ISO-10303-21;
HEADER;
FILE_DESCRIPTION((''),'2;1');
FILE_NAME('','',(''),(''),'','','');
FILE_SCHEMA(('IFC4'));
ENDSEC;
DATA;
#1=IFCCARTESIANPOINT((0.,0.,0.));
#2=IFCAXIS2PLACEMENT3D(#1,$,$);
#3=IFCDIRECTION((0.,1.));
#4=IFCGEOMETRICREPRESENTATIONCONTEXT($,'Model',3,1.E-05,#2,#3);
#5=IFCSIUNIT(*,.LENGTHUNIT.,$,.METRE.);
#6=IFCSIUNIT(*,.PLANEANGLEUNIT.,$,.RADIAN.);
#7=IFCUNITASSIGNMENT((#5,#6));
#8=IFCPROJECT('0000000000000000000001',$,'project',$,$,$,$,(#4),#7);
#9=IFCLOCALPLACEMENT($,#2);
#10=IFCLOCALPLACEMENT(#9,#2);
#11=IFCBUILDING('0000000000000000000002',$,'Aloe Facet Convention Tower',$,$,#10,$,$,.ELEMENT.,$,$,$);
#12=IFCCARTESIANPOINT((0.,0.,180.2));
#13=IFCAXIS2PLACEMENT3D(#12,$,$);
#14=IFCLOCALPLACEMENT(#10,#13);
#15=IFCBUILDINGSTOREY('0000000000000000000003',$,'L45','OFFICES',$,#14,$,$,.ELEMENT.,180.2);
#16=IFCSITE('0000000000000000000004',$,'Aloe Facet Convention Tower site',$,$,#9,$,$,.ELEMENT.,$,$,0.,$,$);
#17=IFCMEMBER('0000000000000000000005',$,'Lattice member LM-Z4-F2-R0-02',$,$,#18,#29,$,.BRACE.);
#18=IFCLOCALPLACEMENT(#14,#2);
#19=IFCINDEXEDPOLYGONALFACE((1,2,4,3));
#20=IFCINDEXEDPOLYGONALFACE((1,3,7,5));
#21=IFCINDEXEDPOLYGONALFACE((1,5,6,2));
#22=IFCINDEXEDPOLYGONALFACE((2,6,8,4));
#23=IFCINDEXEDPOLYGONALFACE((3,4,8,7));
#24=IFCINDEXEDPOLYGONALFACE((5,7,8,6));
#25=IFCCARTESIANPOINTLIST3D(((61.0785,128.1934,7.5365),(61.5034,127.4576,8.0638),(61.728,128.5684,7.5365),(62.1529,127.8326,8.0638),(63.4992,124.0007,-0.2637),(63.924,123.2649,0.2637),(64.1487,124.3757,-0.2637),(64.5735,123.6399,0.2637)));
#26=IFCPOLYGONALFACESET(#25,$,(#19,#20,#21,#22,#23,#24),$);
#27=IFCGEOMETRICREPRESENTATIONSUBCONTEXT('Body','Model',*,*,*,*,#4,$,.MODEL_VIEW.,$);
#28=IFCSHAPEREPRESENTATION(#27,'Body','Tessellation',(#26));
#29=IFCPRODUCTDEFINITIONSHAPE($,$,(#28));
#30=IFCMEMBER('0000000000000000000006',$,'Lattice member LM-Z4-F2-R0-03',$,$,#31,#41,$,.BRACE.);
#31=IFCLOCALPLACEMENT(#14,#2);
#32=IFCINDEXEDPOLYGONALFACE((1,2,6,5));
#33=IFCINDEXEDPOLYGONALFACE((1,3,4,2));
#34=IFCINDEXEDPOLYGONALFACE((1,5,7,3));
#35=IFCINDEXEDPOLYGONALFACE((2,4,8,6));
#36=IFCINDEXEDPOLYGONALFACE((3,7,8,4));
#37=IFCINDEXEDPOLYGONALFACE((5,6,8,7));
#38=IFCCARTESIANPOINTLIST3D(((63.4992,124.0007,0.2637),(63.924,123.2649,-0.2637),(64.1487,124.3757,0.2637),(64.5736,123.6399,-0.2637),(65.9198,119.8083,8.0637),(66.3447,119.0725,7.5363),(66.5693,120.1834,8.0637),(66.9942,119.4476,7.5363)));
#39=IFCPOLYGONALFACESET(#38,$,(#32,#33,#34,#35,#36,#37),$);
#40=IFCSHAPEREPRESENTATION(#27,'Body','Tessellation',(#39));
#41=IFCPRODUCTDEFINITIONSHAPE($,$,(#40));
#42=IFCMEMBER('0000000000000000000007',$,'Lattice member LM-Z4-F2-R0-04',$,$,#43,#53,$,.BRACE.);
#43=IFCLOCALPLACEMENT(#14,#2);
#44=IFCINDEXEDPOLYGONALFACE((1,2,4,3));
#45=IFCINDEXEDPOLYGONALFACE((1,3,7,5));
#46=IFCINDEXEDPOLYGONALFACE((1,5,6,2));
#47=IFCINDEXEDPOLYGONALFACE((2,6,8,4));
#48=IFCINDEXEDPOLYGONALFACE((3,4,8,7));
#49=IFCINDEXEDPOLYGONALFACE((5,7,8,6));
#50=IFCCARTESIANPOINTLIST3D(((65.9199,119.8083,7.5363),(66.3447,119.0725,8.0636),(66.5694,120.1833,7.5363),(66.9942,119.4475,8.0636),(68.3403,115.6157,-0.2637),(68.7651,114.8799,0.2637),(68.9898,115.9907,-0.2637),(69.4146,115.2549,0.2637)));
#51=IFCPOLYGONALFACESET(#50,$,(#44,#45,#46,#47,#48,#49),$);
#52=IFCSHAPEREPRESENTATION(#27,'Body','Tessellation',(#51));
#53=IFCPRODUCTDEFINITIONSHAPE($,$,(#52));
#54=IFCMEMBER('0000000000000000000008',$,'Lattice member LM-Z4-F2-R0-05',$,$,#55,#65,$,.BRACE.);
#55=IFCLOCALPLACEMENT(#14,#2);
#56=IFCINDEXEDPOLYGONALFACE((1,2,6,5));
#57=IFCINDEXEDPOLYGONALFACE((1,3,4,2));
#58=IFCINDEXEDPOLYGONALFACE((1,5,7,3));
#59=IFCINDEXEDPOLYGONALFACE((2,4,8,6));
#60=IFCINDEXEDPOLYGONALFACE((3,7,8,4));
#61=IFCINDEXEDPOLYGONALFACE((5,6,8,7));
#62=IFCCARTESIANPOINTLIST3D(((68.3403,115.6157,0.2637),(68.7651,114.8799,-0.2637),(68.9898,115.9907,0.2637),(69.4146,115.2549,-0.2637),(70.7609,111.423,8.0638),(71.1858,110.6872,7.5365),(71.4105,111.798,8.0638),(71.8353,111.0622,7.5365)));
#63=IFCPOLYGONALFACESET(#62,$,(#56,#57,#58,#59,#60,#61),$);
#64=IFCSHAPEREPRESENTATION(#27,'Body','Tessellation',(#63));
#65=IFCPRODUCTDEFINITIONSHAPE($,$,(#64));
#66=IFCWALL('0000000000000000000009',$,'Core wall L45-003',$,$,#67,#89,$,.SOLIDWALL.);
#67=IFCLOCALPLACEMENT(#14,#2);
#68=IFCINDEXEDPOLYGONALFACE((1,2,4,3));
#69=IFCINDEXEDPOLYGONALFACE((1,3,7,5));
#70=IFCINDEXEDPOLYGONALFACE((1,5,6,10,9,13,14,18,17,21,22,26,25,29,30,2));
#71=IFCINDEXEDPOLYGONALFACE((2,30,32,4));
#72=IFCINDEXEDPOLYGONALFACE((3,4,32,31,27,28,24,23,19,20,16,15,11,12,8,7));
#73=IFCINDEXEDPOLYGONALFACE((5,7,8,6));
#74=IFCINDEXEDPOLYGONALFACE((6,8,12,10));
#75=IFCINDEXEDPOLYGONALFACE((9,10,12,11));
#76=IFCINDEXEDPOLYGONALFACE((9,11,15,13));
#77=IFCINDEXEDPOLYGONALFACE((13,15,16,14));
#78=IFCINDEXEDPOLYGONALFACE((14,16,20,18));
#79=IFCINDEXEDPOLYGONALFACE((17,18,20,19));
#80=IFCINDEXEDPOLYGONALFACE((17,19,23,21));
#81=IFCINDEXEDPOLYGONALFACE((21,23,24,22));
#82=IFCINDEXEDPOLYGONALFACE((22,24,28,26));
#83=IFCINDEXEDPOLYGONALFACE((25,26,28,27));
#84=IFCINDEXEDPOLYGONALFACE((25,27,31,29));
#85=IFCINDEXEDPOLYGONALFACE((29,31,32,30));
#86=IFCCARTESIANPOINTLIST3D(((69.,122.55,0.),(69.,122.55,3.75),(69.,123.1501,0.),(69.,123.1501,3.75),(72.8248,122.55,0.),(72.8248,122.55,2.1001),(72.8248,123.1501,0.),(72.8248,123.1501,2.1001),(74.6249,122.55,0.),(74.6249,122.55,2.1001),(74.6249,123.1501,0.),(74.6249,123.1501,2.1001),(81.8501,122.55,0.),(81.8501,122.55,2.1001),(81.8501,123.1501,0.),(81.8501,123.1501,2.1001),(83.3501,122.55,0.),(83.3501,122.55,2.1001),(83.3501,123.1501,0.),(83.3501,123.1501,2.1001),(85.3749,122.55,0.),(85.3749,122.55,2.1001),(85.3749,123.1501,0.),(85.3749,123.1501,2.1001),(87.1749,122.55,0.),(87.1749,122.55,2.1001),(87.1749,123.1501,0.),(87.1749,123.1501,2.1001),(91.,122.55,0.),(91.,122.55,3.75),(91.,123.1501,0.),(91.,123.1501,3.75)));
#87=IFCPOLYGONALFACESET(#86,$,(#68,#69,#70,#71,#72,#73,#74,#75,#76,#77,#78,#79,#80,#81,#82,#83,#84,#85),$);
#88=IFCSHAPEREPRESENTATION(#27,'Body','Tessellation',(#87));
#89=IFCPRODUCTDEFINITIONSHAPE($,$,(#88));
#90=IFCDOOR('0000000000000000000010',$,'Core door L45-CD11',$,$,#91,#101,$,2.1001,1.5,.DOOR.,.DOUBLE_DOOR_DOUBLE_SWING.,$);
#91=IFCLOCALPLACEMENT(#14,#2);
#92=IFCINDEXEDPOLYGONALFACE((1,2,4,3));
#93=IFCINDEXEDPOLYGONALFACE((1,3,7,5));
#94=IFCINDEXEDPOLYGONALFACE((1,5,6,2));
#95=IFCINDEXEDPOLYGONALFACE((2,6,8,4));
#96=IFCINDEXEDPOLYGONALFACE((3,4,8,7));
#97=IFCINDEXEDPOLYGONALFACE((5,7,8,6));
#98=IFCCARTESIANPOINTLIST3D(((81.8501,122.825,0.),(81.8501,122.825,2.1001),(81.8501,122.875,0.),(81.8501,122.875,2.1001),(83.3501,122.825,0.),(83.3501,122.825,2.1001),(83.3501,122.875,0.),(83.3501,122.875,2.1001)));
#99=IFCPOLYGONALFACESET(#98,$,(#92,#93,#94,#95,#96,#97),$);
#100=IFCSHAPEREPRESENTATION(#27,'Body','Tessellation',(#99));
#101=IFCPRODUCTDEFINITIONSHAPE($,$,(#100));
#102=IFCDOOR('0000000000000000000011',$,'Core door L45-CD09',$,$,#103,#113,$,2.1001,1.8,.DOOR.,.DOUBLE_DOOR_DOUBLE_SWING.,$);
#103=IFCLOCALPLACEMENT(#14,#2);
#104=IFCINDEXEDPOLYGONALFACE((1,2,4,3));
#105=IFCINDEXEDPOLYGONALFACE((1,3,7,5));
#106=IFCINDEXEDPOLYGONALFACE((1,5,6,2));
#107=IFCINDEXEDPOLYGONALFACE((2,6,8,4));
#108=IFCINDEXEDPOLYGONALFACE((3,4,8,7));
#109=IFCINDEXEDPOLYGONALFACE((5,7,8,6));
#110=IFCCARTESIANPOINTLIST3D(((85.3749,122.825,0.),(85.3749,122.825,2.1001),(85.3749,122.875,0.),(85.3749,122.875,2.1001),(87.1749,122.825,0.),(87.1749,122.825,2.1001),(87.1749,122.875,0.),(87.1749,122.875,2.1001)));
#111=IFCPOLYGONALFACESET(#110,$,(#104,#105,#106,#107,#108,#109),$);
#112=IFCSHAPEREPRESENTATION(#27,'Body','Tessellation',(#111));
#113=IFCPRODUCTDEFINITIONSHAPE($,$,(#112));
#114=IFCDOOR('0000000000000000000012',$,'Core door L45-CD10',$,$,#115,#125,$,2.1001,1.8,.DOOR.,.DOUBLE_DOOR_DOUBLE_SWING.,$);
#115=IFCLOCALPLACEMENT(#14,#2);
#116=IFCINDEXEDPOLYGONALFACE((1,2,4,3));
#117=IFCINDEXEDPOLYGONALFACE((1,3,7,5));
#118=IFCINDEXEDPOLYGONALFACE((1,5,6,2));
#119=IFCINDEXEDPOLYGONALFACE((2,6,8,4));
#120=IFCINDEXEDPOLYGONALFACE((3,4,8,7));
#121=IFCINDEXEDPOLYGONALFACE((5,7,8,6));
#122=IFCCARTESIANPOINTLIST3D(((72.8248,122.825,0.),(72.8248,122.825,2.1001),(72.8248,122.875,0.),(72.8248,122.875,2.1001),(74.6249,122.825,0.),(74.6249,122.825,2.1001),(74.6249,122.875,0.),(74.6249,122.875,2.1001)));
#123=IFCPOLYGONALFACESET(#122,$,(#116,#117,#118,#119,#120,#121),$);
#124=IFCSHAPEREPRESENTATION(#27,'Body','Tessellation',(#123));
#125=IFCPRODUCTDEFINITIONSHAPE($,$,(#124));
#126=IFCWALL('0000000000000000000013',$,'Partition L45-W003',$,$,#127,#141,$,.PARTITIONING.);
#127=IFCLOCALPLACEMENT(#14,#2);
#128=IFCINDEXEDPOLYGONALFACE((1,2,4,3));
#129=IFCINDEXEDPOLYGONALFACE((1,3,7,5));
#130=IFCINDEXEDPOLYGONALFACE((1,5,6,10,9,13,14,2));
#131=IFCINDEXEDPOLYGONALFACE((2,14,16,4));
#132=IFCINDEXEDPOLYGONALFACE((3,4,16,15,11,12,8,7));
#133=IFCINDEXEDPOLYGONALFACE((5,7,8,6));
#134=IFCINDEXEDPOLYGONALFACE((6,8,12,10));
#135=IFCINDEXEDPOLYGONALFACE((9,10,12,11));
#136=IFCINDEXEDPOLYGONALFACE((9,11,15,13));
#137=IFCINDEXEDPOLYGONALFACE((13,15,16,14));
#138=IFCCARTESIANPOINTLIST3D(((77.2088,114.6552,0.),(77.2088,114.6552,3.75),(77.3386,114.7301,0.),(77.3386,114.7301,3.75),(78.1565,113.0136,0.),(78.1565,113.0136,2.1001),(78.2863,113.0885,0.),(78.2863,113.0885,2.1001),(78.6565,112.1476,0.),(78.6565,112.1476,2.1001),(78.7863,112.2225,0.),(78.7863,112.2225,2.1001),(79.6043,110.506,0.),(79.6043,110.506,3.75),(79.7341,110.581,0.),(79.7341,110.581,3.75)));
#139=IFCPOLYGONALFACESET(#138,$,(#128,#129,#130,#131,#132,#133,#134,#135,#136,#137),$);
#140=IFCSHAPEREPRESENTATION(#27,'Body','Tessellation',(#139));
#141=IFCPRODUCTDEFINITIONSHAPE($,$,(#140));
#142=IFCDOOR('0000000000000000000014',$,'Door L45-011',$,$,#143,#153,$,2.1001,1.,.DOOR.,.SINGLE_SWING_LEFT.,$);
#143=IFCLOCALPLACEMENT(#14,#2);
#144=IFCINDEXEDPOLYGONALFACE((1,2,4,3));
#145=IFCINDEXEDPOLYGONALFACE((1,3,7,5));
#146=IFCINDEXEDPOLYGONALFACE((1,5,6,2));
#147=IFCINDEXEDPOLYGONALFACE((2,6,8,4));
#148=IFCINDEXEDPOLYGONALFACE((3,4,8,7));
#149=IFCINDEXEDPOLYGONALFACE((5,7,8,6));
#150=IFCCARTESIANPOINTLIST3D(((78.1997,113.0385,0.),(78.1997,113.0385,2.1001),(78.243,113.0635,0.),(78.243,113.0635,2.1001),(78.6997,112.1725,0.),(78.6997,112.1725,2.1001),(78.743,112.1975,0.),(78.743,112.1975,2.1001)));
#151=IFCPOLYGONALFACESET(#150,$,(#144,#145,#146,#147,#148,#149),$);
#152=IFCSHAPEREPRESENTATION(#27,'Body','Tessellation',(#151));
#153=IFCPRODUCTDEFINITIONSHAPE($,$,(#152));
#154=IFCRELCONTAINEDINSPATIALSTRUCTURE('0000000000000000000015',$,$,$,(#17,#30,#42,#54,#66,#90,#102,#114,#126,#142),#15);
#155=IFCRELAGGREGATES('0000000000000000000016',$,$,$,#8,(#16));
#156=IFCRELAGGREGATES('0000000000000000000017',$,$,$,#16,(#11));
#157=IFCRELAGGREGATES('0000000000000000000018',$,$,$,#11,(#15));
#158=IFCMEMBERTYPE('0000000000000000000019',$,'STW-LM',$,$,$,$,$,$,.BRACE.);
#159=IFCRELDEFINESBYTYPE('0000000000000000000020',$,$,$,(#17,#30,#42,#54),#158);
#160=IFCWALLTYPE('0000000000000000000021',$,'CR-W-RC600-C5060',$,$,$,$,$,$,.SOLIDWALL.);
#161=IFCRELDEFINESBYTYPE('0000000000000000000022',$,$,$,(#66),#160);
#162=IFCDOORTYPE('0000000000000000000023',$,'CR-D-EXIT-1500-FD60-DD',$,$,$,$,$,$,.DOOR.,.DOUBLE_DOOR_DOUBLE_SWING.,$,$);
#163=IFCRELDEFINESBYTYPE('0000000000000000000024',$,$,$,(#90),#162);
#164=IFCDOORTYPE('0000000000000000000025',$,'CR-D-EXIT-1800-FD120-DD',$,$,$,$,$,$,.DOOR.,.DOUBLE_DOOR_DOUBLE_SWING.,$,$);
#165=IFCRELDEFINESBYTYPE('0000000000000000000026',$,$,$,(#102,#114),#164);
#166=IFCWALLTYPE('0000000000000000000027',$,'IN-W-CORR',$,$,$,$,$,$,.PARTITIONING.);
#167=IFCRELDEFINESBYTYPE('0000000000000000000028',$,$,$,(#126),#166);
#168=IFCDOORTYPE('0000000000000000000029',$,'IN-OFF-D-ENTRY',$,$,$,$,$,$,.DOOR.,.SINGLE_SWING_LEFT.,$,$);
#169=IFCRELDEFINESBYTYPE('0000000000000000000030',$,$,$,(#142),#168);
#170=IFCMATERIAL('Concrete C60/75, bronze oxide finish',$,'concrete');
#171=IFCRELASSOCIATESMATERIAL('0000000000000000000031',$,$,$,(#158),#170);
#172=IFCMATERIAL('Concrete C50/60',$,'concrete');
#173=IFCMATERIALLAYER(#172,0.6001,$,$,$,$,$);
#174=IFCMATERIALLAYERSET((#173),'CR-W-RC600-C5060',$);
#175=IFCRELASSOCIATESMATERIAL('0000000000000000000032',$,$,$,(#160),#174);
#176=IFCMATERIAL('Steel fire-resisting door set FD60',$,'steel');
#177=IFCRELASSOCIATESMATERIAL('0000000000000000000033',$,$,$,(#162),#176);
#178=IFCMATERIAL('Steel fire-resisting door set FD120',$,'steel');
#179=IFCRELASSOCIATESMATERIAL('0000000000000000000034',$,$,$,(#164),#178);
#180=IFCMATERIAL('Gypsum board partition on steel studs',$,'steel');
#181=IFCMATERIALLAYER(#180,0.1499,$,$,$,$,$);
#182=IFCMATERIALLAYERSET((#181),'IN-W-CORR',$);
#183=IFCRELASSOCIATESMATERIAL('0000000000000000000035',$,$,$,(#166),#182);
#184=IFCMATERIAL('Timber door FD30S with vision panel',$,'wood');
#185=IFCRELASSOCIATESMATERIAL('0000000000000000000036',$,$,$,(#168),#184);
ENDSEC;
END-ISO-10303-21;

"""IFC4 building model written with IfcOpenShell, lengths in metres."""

from ifc_helpers import new_model, si_unit, direction, frame, frame_2d, origin, origin_2d, place, context, subcontext, project, spatial, rectangle, extrude, material, layer, layer_set, material_profile, profile_set, type_object, element, fill, save


model = new_model("IFC4")

# Units and contexts
model_context = context("Model", 3, precision=1e-05, world=origin(), true_north=direction((0.0, 1.0)))
body_context = subcontext(model_context, "Body", "Model", "MODEL_VIEW")
ifc_project = project(units=[si_unit("LENGTHUNIT", "METRE"), si_unit("PLANEANGLEUNIT", "RADIAN")], contexts=[model_context])

# Site, building, storey
site_placement = place(None, origin())
site = spatial("IfcSite", under=ifc_project, at=site_placement, Name="Aloe Facet Convention Tower site", CompositionType="ELEMENT", RefElevation=0.0)
building_placement = place(site_placement, origin())
building = spatial("IfcBuilding", under=site, at=building_placement, Name="Aloe Facet Convention Tower", CompositionType="ELEMENT")
storey_placement = place(building_placement, frame((0.0, 0.0, 180.2)))
storey = spatial("IfcBuildingStorey", under=building, at=storey_placement, Name="L45", Description="OFFICES", CompositionType="ELEMENT", Elevation=180.2)

# Members
ifc_material_1 = material(Name="Concrete C60/75, bronze oxide finish", Category="concrete")
ifc_material_profile_1 = material_profile(ifc_material_1, rectangle(XDim=0.75, YDim=1.0, at=origin_2d()), Name="STW-LM")
ifc_profile_set_1 = profile_set([ifc_material_profile_1], Name="Concrete C60/75, bronze oxide finish")
member_type = type_object("IfcMemberType", Name="STW-LM", PredefinedType="BRACE", material=ifc_profile_set_1)
member_1_placement = place(storey_placement, frame((64.0364, 123.8203, 0.0), z_axis=(-0.263678, 0.456697, 0.849648), x_axis=(-0.866022, -0.500006, 0.0)))
element("IfcMember", 1, at=member_1_placement, inside=storey, type_object=member_type, Name="Lattice member LM-Z4-F2-R0-02", PredefinedType="BRACE", context=body_context, shape_type="SweptSolid", body=[
    extrude(rectangle(XDim=0.75, YDim=1.0, at=origin_2d()), origin(), (0.0, 0.0, 1.0), 9.1804),
])
for number, where, z_axis, x_axis, name in (
    (2, (64.0364, 123.8203, 0.0), (0.263682, -0.456676, 0.849658), (0.866009, 0.500028, 0.0), "Lattice member LM-Z4-F2-R0-03"),
    (3, (68.8774, 115.4353, 0.0), (-0.263654, 0.4567, 0.849654), (-0.866044, -0.499968, 0.0), "Lattice member LM-Z4-F2-R0-04"),
):
    element("IfcMember", number, at=place(storey_placement, frame(where, z_axis=z_axis, x_axis=x_axis)), inside=storey, type_object=member_type, Name=name, PredefinedType="BRACE", context=body_context, shape_type="SweptSolid", body=[
        extrude(rectangle(XDim=0.75, YDim=1.0, at=origin_2d()), origin(), (0.0, 0.0, 1.0), 9.1802),
    ])
member_2_placement = place(storey_placement, frame((68.8774, 115.4353, 0.0), z_axis=(0.263678, -0.456697, 0.849648), x_axis=(0.866022, 0.500006, 0.0)))
element("IfcMember", 4, at=member_2_placement, inside=storey, type_object=member_type, Name="Lattice member LM-Z4-F2-R0-05", PredefinedType="BRACE", context=body_context, shape_type="SweptSolid", body=[
    extrude(rectangle(XDim=0.75, YDim=1.0, at=origin_2d()), origin(), (0.0, 0.0, 1.0), 9.1804),
])

# Wall, openings, doors
ifc_material_2 = material(Name="Concrete C50/60", Category="concrete")
ifc_layer_1 = layer(ifc_material_2, 0.6001)
ifc_layer_set_1 = layer_set([ifc_layer_1], Name="CR-W-RC600-C5060")
wall_type_1 = type_object("IfcWallType", Name="CR-W-RC600-C5060", PredefinedType="SOLIDWALL", material=ifc_layer_set_1)
wall_1_placement = place(storey_placement, frame((69.0, 122.8501, 0.0), z_axis=(0.0, 0.0, 1.0), x_axis=(1.0, 0.0, 0.0)))
wall_1 = element("IfcWall", 5, at=wall_1_placement, inside=storey, type_object=wall_type_1, Name="Core wall L45-003", PredefinedType="SOLIDWALL", context=body_context, shape_type="SweptSolid", body=[
    extrude(rectangle(XDim=22.0, YDim=0.6001, at=frame_2d((11.0, 0.0))), origin(), (0.0, 0.0, 1.0), 3.75),
])
opening_1_placement = place(wall_1_placement, frame((16.375, 0.0, 0.0)))
opening_1 = element("IfcOpeningElement", 6, at=opening_1_placement, cuts=wall_1, PredefinedType="OPENING", context=body_context, shape_type="SweptSolid", body=[
    extrude(rectangle(XDim=1.8, YDim=2.1001, at=frame_2d((0.8999, 1.05))), frame((0.0, 0.3101, 0.0), z_axis=(0.0, -1.0, 0.0), x_axis=(1.0, 0.0, 0.0)), (0.0, 0.0, 1.0), 0.6201),
])
opening_2_placement = place(wall_1_placement, frame((3.825, 0.0, 0.0)))
opening_2 = element("IfcOpeningElement", 7, at=opening_2_placement, cuts=wall_1, PredefinedType="OPENING", context=body_context, shape_type="SweptSolid", body=[
    extrude(rectangle(XDim=1.8, YDim=2.1001, at=frame_2d((0.8999, 1.05))), frame((0.0, 0.3101, 0.0), z_axis=(0.0, -1.0, 0.0), x_axis=(1.0, 0.0, 0.0)), (0.0, 0.0, 1.0), 0.6201),
])
opening_3_placement = place(wall_1_placement, frame((12.8501, 0.0, 0.0)))
opening_3 = element("IfcOpeningElement", 8, at=opening_3_placement, cuts=wall_1, PredefinedType="OPENING", context=body_context, shape_type="SweptSolid", body=[
    extrude(rectangle(XDim=1.5, YDim=2.1001, at=frame_2d((0.75, 1.05))), frame((0.0, 0.3101, 0.0), z_axis=(0.0, -1.0, 0.0), x_axis=(1.0, 0.0, 0.0)), (0.0, 0.0, 1.0), 0.6201),
])
ifc_material_3 = material(Name="Steel fire-resisting door set FD60", Category="steel")
door_type_1 = type_object("IfcDoorType", Name="CR-D-EXIT-1500-FD60-DD", OperationType="DOUBLE_DOOR_DOUBLE_SWING", PredefinedType="DOOR", material=ifc_material_3)
door_1_placement = place(opening_3_placement, origin())
door_1 = element("IfcDoor", 9, at=door_1_placement, inside=storey, type_object=door_type_1, Name="Core door L45-CD11", OperationType="DOUBLE_DOOR_DOUBLE_SWING", OverallHeight=2.1001, OverallWidth=1.5, PredefinedType="DOOR", context=body_context, shape_type="SweptSolid", body=[
    extrude(rectangle(XDim=1.5, YDim=2.1001, at=frame_2d((0.75, 1.05))), frame((0.0, 0.0249, 0.0), z_axis=(0.0, -1.0, 0.0), x_axis=(1.0, 0.0, 0.0)), (0.0, 0.0, 1.0), 0.05),
])
fill(opening_3, door_1)
ifc_material_4 = material(Name="Steel fire-resisting door set FD120", Category="steel")
door_type_2 = type_object("IfcDoorType", Name="CR-D-EXIT-1800-FD120-DD", OperationType="DOUBLE_DOOR_DOUBLE_SWING", PredefinedType="DOOR", material=ifc_material_4)
door_2_placement = place(opening_1_placement, origin())
door_2 = element("IfcDoor", 10, at=door_2_placement, inside=storey, type_object=door_type_2, Name="Core door L45-CD09", OperationType="DOUBLE_DOOR_DOUBLE_SWING", OverallHeight=2.1001, OverallWidth=1.8, PredefinedType="DOOR", context=body_context, shape_type="SweptSolid", body=[
    extrude(rectangle(XDim=1.8, YDim=2.1001, at=frame_2d((0.8999, 1.05))), frame((0.0, 0.0249, 0.0), z_axis=(0.0, -1.0, 0.0), x_axis=(1.0, 0.0, 0.0)), (0.0, 0.0, 1.0), 0.05),
])
fill(opening_1, door_2)
door_3_placement = place(opening_2_placement, origin())
door_3 = element("IfcDoor", 11, at=door_3_placement, inside=storey, type_object=door_type_2, Name="Core door L45-CD10", OperationType="DOUBLE_DOOR_DOUBLE_SWING", OverallHeight=2.1001, OverallWidth=1.8, PredefinedType="DOOR", context=body_context, shape_type="SweptSolid", body=[
    extrude(rectangle(XDim=1.8, YDim=2.1001, at=frame_2d((0.8999, 1.05))), frame((0.0, 0.0249, 0.0), z_axis=(0.0, -1.0, 0.0), x_axis=(1.0, 0.0, 0.0)), (0.0, 0.0, 1.0), 0.05),
])
fill(opening_2, door_3)

# Wall, opening, door
ifc_material_5 = material(Name="Gypsum board partition on steel studs", Category="steel")
ifc_layer_2 = layer(ifc_material_5, 0.1499)
ifc_layer_set_2 = layer_set([ifc_layer_2], Name="IN-W-CORR")
wall_type_2 = type_object("IfcWallType", Name="IN-W-CORR", PredefinedType="PARTITIONING", material=ifc_layer_set_2)
wall_2_placement = place(storey_placement, frame((77.2737, 114.6926, 0.0), z_axis=(0.0, 0.0, 1.0), x_axis=(0.499997, -0.866027, 0.0)))
wall_2 = element("IfcWall", 12, at=wall_2_placement, inside=storey, type_object=wall_type_2, Name="Partition L45-W003", PredefinedType="PARTITIONING", context=body_context, shape_type="SweptSolid", body=[
    extrude(rectangle(XDim=4.791, YDim=0.1499, at=frame_2d((2.3955, 0.0))), origin(), (0.0, 0.0, 1.0), 3.75),
])
opening_4_placement = place(wall_2_placement, frame((1.8955, 0.0, 0.0)))
opening_4 = element("IfcOpeningElement", 13, at=opening_4_placement, cuts=wall_2, PredefinedType="OPENING", context=body_context, shape_type="SweptSolid", body=[
    extrude(rectangle(XDim=1.0, YDim=2.1001, at=frame_2d((0.5, 1.05))), frame((0.0, 0.085, 0.0), z_axis=(0.0, -1.0, 0.0), x_axis=(1.0, 0.0, 0.0)), (0.0, 0.0, 1.0), 0.1699),
])
ifc_material_6 = material(Name="Timber door FD30S with vision panel", Category="wood")
door_type_3 = type_object("IfcDoorType", Name="IN-OFF-D-ENTRY", OperationType="SINGLE_SWING_LEFT", PredefinedType="DOOR", material=ifc_material_6)
door_4_placement = place(opening_4_placement, origin())
door_4 = element("IfcDoor", 14, at=door_4_placement, inside=storey, type_object=door_type_3, Name="Door L45-011", OperationType="SINGLE_SWING_LEFT", OverallHeight=2.1001, OverallWidth=1.0, PredefinedType="DOOR", context=body_context, shape_type="SweptSolid", body=[
    extrude(rectangle(XDim=1.0, YDim=2.1001, at=frame_2d((0.5, 1.05))), frame((0.0, 0.0249, 0.0), z_axis=(0.0, -1.0, 0.0), x_axis=(1.0, 0.0, 0.0)), (0.0, 0.0, 1.0), 0.05),
])
fill(opening_4, door_4)

save(model, "model.ifc")
